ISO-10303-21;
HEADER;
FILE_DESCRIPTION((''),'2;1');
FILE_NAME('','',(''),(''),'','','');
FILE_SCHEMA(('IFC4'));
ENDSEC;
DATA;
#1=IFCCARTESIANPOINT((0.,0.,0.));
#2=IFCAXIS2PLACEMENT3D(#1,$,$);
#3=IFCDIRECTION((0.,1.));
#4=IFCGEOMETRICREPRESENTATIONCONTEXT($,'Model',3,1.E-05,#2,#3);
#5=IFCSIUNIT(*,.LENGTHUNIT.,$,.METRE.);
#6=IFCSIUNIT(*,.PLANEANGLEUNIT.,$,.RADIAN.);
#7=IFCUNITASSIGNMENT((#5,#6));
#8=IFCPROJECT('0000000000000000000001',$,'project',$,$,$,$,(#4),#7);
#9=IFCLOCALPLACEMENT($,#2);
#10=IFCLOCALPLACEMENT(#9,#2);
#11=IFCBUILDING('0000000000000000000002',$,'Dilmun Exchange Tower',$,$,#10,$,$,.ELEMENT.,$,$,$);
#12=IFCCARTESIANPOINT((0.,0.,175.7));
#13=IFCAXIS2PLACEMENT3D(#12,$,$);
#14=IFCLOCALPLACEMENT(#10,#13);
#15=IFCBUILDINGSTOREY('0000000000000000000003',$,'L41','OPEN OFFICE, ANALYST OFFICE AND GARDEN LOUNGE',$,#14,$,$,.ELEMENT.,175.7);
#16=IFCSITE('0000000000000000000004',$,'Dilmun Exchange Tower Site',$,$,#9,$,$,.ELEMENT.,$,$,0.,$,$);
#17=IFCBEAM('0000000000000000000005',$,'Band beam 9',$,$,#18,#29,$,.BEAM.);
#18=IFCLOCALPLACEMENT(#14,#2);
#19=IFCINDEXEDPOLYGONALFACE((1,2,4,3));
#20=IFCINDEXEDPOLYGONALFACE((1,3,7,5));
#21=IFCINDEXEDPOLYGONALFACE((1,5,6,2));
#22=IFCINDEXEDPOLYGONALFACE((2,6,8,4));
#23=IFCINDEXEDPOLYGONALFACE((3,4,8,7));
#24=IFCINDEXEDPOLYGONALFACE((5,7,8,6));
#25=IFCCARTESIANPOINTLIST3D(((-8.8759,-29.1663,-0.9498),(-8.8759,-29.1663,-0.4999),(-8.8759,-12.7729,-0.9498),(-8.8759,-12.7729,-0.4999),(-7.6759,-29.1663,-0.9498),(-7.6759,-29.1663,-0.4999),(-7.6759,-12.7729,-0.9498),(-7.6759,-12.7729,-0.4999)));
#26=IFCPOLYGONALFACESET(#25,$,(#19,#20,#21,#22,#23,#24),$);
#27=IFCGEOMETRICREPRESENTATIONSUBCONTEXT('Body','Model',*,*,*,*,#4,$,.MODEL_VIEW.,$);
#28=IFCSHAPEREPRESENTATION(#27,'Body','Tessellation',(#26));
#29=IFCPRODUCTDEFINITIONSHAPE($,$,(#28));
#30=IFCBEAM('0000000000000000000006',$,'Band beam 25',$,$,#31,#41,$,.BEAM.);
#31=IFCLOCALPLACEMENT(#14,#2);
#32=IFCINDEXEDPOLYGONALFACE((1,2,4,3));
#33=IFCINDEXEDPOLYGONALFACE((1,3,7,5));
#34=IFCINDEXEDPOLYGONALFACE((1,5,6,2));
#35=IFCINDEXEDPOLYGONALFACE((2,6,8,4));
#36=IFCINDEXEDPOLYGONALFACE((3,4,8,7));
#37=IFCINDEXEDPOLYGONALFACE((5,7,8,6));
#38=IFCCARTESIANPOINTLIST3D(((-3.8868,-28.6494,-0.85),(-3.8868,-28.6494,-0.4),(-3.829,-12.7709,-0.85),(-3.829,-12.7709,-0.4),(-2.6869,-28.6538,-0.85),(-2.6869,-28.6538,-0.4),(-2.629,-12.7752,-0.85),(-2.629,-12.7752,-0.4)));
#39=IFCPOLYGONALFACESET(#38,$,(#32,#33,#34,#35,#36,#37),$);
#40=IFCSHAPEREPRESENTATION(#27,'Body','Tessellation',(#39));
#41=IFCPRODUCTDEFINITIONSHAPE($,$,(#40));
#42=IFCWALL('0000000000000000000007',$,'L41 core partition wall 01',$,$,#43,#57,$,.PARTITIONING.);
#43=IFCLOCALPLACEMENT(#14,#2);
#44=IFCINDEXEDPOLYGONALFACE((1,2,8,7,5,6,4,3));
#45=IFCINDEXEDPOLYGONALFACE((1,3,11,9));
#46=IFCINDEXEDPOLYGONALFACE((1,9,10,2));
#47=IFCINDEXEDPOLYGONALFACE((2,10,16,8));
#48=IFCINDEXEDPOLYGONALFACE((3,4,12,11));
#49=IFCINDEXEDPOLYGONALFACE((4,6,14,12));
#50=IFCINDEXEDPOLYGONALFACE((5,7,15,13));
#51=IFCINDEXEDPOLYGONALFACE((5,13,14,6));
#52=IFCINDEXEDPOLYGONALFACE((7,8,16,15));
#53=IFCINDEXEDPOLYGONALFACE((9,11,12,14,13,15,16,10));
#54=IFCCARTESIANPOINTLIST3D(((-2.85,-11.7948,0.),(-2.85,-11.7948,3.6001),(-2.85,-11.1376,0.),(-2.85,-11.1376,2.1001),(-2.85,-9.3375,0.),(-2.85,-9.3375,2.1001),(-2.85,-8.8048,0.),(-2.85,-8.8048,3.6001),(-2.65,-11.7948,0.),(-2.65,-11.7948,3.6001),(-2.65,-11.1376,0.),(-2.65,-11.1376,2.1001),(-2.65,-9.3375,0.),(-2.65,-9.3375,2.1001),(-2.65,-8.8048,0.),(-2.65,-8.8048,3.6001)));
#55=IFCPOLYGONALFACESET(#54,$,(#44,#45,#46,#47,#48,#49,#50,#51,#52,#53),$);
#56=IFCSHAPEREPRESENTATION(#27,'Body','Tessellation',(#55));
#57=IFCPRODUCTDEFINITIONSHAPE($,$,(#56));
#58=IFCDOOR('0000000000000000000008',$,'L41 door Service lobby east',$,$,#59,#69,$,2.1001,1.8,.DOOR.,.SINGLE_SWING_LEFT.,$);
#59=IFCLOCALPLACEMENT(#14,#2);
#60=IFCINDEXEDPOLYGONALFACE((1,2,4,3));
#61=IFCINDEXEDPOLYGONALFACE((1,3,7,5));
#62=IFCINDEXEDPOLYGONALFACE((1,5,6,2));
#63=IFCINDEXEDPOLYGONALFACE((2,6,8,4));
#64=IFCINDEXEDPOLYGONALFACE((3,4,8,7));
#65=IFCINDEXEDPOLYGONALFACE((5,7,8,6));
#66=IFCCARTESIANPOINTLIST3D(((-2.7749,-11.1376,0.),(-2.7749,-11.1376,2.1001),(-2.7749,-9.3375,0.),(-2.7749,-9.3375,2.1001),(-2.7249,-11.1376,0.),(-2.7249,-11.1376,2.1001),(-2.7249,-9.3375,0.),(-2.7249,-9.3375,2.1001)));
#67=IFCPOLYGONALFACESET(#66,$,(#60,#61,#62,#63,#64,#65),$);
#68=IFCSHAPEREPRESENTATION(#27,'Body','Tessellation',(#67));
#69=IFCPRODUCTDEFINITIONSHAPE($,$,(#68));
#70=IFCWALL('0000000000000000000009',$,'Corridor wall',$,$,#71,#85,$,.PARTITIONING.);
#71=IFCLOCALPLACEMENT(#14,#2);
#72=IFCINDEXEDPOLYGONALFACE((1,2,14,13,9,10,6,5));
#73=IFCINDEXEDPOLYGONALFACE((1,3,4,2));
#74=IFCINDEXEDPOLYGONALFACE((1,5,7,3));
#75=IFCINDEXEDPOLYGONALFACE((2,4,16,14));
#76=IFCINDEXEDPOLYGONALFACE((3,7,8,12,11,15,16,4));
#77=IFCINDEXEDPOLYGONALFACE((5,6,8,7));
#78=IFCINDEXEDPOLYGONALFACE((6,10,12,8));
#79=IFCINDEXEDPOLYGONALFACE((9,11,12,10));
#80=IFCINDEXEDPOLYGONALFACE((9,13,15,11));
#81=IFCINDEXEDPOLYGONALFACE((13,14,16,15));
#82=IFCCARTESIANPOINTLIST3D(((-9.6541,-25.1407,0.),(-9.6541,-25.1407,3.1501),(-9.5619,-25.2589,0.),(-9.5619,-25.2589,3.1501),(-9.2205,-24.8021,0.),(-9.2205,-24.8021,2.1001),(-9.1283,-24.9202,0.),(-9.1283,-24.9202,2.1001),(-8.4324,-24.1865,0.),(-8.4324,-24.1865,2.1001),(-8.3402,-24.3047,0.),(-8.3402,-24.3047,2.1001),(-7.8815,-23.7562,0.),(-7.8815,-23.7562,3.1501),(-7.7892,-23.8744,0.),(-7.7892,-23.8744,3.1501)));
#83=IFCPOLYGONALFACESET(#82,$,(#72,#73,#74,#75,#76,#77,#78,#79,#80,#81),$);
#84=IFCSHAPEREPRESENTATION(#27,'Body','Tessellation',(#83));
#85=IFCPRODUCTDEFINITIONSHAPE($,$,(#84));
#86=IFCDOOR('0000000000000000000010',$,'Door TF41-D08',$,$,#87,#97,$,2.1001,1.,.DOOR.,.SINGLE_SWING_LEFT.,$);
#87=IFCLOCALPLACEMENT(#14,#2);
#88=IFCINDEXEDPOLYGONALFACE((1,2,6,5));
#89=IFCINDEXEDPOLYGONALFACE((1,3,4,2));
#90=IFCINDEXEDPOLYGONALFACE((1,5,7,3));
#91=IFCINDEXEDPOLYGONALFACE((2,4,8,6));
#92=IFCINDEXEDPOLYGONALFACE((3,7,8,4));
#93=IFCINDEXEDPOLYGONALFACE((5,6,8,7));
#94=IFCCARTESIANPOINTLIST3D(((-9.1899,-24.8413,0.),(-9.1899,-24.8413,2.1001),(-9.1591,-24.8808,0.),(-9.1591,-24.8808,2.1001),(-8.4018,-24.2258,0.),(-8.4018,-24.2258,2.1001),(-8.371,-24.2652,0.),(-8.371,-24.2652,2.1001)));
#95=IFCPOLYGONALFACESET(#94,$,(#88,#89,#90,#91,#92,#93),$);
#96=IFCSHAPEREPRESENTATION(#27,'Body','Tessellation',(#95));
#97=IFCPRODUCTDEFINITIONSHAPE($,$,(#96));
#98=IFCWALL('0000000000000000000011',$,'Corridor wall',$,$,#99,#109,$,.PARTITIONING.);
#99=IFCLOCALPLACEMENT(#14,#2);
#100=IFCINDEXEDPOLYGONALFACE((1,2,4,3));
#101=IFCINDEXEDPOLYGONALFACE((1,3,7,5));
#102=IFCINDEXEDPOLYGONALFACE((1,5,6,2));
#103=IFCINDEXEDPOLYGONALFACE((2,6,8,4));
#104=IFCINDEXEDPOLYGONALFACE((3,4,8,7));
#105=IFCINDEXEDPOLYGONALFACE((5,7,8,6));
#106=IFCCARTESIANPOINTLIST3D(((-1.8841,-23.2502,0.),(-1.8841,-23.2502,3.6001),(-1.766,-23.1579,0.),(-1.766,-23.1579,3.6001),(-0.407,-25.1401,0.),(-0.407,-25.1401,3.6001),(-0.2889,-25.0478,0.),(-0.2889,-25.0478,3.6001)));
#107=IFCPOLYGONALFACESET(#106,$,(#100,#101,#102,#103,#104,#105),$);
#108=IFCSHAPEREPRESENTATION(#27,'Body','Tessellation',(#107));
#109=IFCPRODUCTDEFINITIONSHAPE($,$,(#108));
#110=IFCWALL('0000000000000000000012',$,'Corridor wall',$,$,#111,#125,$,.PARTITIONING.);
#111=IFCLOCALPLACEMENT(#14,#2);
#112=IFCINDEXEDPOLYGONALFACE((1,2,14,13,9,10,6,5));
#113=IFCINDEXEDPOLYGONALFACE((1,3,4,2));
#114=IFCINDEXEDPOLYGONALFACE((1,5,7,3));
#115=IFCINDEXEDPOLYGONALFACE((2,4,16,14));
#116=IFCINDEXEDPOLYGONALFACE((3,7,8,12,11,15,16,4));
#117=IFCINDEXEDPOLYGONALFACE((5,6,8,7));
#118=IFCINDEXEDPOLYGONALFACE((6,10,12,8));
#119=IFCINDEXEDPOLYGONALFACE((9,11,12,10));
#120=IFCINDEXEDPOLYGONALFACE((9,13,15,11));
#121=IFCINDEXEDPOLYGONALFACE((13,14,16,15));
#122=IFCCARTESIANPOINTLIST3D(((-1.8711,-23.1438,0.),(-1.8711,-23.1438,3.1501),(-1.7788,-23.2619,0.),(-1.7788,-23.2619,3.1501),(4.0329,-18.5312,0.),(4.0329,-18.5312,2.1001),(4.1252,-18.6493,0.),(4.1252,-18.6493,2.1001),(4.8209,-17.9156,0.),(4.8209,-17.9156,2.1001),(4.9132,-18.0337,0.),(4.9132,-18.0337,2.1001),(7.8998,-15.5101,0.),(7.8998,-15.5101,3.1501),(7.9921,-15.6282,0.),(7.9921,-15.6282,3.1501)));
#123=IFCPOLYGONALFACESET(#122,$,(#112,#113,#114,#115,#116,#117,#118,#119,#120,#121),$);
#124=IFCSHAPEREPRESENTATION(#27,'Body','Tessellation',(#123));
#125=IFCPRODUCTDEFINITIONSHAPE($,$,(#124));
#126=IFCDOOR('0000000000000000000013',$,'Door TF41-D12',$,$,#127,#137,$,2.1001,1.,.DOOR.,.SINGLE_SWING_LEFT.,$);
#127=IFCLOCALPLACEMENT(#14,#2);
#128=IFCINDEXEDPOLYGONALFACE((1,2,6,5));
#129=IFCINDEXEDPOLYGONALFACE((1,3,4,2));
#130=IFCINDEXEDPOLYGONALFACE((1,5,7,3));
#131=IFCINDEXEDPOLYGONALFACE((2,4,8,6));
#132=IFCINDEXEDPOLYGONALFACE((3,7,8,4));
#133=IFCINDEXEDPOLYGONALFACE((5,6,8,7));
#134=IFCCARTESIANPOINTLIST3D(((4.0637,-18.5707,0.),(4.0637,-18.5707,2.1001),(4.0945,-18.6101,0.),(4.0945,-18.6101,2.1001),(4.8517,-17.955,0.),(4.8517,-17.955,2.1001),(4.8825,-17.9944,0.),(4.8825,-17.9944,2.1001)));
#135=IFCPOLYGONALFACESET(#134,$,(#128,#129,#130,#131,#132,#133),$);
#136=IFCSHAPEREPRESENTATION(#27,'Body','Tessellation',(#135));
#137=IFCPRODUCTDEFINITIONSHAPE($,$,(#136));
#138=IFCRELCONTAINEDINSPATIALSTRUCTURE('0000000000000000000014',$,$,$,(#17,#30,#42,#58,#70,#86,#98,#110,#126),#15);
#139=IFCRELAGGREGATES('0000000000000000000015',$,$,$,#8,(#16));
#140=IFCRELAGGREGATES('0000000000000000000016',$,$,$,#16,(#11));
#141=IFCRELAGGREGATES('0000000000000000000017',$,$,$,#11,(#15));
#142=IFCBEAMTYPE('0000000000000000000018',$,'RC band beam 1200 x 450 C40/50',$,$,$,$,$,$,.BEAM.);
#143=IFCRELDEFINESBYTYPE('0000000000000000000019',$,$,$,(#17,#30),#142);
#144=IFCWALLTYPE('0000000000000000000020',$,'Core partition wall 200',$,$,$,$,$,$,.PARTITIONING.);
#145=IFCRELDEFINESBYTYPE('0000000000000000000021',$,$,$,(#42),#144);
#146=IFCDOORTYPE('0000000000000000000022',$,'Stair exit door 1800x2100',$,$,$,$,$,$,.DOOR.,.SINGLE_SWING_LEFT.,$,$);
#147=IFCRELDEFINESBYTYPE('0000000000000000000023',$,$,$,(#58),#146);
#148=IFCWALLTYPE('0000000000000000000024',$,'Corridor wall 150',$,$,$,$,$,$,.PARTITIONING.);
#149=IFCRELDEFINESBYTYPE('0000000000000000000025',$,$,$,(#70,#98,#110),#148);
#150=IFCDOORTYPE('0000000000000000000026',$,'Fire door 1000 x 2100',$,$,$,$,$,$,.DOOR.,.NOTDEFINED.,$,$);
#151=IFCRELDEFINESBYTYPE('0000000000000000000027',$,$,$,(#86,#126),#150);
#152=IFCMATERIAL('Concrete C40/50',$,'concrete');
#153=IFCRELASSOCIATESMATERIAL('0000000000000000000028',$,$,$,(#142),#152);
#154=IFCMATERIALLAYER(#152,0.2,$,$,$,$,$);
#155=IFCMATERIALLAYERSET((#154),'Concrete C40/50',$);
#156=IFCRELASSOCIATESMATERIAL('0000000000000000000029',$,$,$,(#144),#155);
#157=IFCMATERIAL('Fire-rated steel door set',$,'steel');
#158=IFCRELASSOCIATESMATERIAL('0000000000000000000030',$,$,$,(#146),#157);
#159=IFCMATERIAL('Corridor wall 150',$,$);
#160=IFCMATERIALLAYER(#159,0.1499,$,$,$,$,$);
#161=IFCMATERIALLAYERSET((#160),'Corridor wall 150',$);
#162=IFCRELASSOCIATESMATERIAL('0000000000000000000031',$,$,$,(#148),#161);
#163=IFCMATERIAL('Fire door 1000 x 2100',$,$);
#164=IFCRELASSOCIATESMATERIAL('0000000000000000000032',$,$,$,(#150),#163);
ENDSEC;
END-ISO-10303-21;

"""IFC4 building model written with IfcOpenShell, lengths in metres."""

from ifc_helpers import new_model, si_unit, direction, frame, frame_2d, origin, origin_2d, place, context, subcontext, project, spatial, rectangle, extrude, material, layer, layer_set, material_profile, profile_set, type_object, element, fill, save


model = new_model("IFC4")

# Units and contexts
model_context = context("Model", 3, precision=1e-05, world=origin(), true_north=direction((0.0, 1.0)))
body_context = subcontext(model_context, "Body", "Model", "MODEL_VIEW")
ifc_project = project(units=[si_unit("LENGTHUNIT", "METRE"), si_unit("PLANEANGLEUNIT", "RADIAN")], contexts=[model_context])

# Site, building, storey
site_placement = place(None, origin())
site = spatial("IfcSite", under=ifc_project, at=site_placement, Name="Dilmun Exchange Tower Site", CompositionType="ELEMENT", RefElevation=0.0)
building_placement = place(site_placement, origin())
building = spatial("IfcBuilding", under=site, at=building_placement, Name="Dilmun Exchange Tower", CompositionType="ELEMENT")
storey_placement = place(building_placement, frame((0.0, 0.0, 175.7)))
storey = spatial("IfcBuildingStorey", under=building, at=storey_placement, Name="L41", Description="OPEN OFFICE, ANALYST OFFICE AND GARDEN LOUNGE", CompositionType="ELEMENT", Elevation=175.7)

# Beams
ifc_material_1 = material(Name="Concrete C40/50", Category="concrete")
ifc_material_profile = material_profile(ifc_material_1, rectangle(XDim=1.2, YDim=0.45, at=origin_2d()), Name="1200 x 450")
ifc_profile_set = profile_set([ifc_material_profile], Name="Concrete C40/50")
beam_type = type_object("IfcBeamType", Name="RC band beam 1200 x 450 C40/50", PredefinedType="BEAM", material=ifc_profile_set)
beam_1_placement = place(storey_placement, frame((-8.2759, -29.1663, -0.7249), z_axis=(0.0, 1.0, 0.0), x_axis=(-1.0, 0.0, 0.0)))
element("IfcBeam", 1, at=beam_1_placement, inside=storey, type_object=beam_type, Name="Band beam 9", PredefinedType="BEAM", context=body_context, shape_type="SweptSolid", body=[
    extrude(rectangle(XDim=1.2, YDim=0.45, at=origin_2d()), origin(), (0.0, 0.0, 1.0), 16.3933),
])
beam_2_placement = place(storey_placement, frame((-3.2869, -28.6516, -0.625), z_axis=(0.003644, 0.999993, 0.0), x_axis=(-0.999993, 0.003644, 0.0)))
element("IfcBeam", 2, at=beam_2_placement, inside=storey, type_object=beam_type, Name="Band beam 25", PredefinedType="BEAM", context=body_context, shape_type="SweptSolid", body=[
    extrude(rectangle(XDim=1.2, YDim=0.45, at=origin_2d()), origin(), (0.0, 0.0, 1.0), 15.8787),
])

# Walls, openings, doors
ifc_layer_1 = layer(ifc_material_1, 0.2)
ifc_layer_set_1 = layer_set([ifc_layer_1], Name="Concrete C40/50")
wall_type_1 = type_object("IfcWallType", Name="Core partition wall 200", PredefinedType="PARTITIONING", material=ifc_layer_set_1)
wall_1_placement = place(storey_placement, frame((-2.75, -11.7949, 0.0), z_axis=(0.0, 0.0, 1.0), x_axis=(0.0, 1.0, 0.0)))
wall_1 = element("IfcWall", 3, at=wall_1_placement, inside=storey, type_object=wall_type_1, Name="L41 core partition wall 01", PredefinedType="PARTITIONING", context=body_context, shape_type="SweptSolid", body=[
    extrude(rectangle(XDim=2.99, YDim=0.2, at=frame_2d((1.4951, 0.0))), origin(), (0.0, 0.0, 1.0), 3.6001),
])
opening_1_placement = place(wall_1_placement, frame((0.6575, 0.0, 0.0)))
opening_1 = element("IfcOpeningElement", 4, at=opening_1_placement, cuts=wall_1, PredefinedType="OPENING", context=body_context, shape_type="SweptSolid", body=[
    extrude(rectangle(XDim=1.8, YDim=2.1001, at=frame_2d((0.8999, 1.05))), frame((0.0, 0.1099, 0.0), z_axis=(0.0, -1.0, 0.0), x_axis=(1.0, 0.0, 0.0)), (0.0, 0.0, 1.0), 0.22),
])
ifc_material_2 = material(Name="Fire-rated steel door set", Category="steel")
door_type_1 = type_object("IfcDoorType", Name="Stair exit door 1800x2100", OperationType="SINGLE_SWING_LEFT", PredefinedType="DOOR", material=ifc_material_2)
door_1_placement = place(opening_1_placement, origin())
door_1 = element("IfcDoor", 5, at=door_1_placement, inside=storey, type_object=door_type_1, Name="L41 door Service lobby east", OperationType="SINGLE_SWING_LEFT", OverallHeight=2.1001, OverallWidth=1.8, PredefinedType="DOOR", context=body_context, shape_type="SweptSolid", body=[
    extrude(rectangle(XDim=1.8, YDim=2.1001, at=frame_2d((0.8999, 1.05))), frame((0.0, 0.0249, 0.0), z_axis=(0.0, -1.0, 0.0), x_axis=(1.0, 0.0, 0.0)), (0.0, 0.0, 1.0), 0.05),
])
fill(opening_1, door_1)
ifc_material_3 = material(Name="Corridor wall 150")
ifc_layer_2 = layer(ifc_material_3, 0.1499)
ifc_layer_set_2 = layer_set([ifc_layer_2], Name="Corridor wall 150")
wall_type_2 = type_object("IfcWallType", Name="Corridor wall 150", PredefinedType="PARTITIONING", material=ifc_layer_set_2)
wall_2_placement = place(storey_placement, frame((-9.6079, -25.1997, 0.0), z_axis=(0.0, 0.0, 1.0), x_axis=(0.788112, 0.615532, 0.0)))
wall_2 = element("IfcWall", 6, at=wall_2_placement, inside=storey, type_object=wall_type_2, Name="Corridor wall", PredefinedType="PARTITIONING", context=body_context, shape_type="SweptSolid", body=[
    extrude(rectangle(XDim=2.2493, YDim=0.1499, at=frame_2d((1.1245, 0.0))), origin(), (0.0, 0.0, 1.0), 3.1501),
])
opening_2_placement = place(wall_2_placement, frame((0.55, 0.0, 0.0)))
opening_2 = element("IfcOpeningElement", 7, at=opening_2_placement, cuts=wall_2, PredefinedType="OPENING", context=body_context, shape_type="SweptSolid", body=[
    extrude(rectangle(XDim=1.0, YDim=2.1001, at=frame_2d((0.5, 1.05))), frame((0.0, 0.085, 0.0), z_axis=(0.0, -1.0, 0.0), x_axis=(1.0, 0.0, 0.0)), (0.0, 0.0, 1.0), 0.1699),
])
ifc_material_4 = material(Name="Fire door 1000 x 2100")
door_type_2 = type_object("IfcDoorType", Name="Fire door 1000 x 2100", OperationType="NOTDEFINED", PredefinedType="DOOR", material=ifc_material_4)
door_2_placement = place(opening_2_placement, frame((1.0, 0.0, 0.0), z_axis=(0.0, 0.0, 1.0), x_axis=(-1.0, 0.0, 0.0)))
door_2 = element("IfcDoor", 8, at=door_2_placement, inside=storey, type_object=door_type_2, Name="Door TF41-D08", OperationType="SINGLE_SWING_LEFT", OverallHeight=2.1001, OverallWidth=1.0, PredefinedType="DOOR", context=body_context, shape_type="SweptSolid", body=[
    extrude(rectangle(XDim=1.0, YDim=2.1001, at=frame_2d((0.5, 1.05))), frame((0.0, 0.0249, 0.0), z_axis=(0.0, -1.0, 0.0), x_axis=(1.0, 0.0, 0.0)), (0.0, 0.0, 1.0), 0.05),
])
fill(opening_2, door_2)

# Wall
wall_3_placement = place(storey_placement, frame((-1.825, -23.2041, 0.0), z_axis=(0.0, 0.0, 1.0), x_axis=(0.615792, -0.787909, 0.0)))
element("IfcWall", 9, at=wall_3_placement, inside=storey, type_object=wall_type_2, Name="Corridor wall", PredefinedType="PARTITIONING", context=body_context, shape_type="SweptSolid", body=[
    extrude(rectangle(XDim=2.3987, YDim=0.1499, at=frame_2d((1.1992, 0.0))), origin(), (0.0, 0.0, 1.0), 3.6001),
])

# Wall, opening, door
wall_4_placement = place(storey_placement, frame((-1.825, -23.2029, 0.0), z_axis=(0.0, 0.0, 1.0), x_axis=(0.788017, 0.615654, 0.0)))
wall_4 = element("IfcWall", 10, at=wall_4_placement, inside=storey, type_object=wall_type_2, Name="Corridor wall", PredefinedType="PARTITIONING", context=body_context, shape_type="SweptSolid", body=[
    extrude(rectangle(XDim=12.3994, YDim=0.1499, at=frame_2d((6.1997, 0.0))), origin(), (0.0, 0.0, 1.0), 3.1501),
])
opening_3_placement = place(wall_4_placement, frame((7.4922, 0.0, 0.0)))
opening_3 = element("IfcOpeningElement", 11, at=opening_3_placement, cuts=wall_4, PredefinedType="OPENING", context=body_context, shape_type="SweptSolid", body=[
    extrude(rectangle(XDim=1.0, YDim=2.1001, at=frame_2d((0.5, 1.05))), frame((0.0, 0.085, 0.0), z_axis=(0.0, -1.0, 0.0), x_axis=(1.0, 0.0, 0.0)), (0.0, 0.0, 1.0), 0.1699),
])
door_3_placement = place(opening_3_placement, origin())
door_3 = element("IfcDoor", 12, at=door_3_placement, inside=storey, type_object=door_type_2, Name="Door TF41-D12", OperationType="SINGLE_SWING_LEFT", OverallHeight=2.1001, OverallWidth=1.0, PredefinedType="DOOR", context=body_context, shape_type="SweptSolid", body=[
    extrude(rectangle(XDim=1.0, YDim=2.1001, at=frame_2d((0.5, 1.05))), frame((0.0, 0.0249, 0.0), z_axis=(0.0, -1.0, 0.0), x_axis=(1.0, 0.0, 0.0)), (0.0, 0.0, 1.0), 0.05),
])
fill(opening_3, door_3)

save(model, "model.ifc")
